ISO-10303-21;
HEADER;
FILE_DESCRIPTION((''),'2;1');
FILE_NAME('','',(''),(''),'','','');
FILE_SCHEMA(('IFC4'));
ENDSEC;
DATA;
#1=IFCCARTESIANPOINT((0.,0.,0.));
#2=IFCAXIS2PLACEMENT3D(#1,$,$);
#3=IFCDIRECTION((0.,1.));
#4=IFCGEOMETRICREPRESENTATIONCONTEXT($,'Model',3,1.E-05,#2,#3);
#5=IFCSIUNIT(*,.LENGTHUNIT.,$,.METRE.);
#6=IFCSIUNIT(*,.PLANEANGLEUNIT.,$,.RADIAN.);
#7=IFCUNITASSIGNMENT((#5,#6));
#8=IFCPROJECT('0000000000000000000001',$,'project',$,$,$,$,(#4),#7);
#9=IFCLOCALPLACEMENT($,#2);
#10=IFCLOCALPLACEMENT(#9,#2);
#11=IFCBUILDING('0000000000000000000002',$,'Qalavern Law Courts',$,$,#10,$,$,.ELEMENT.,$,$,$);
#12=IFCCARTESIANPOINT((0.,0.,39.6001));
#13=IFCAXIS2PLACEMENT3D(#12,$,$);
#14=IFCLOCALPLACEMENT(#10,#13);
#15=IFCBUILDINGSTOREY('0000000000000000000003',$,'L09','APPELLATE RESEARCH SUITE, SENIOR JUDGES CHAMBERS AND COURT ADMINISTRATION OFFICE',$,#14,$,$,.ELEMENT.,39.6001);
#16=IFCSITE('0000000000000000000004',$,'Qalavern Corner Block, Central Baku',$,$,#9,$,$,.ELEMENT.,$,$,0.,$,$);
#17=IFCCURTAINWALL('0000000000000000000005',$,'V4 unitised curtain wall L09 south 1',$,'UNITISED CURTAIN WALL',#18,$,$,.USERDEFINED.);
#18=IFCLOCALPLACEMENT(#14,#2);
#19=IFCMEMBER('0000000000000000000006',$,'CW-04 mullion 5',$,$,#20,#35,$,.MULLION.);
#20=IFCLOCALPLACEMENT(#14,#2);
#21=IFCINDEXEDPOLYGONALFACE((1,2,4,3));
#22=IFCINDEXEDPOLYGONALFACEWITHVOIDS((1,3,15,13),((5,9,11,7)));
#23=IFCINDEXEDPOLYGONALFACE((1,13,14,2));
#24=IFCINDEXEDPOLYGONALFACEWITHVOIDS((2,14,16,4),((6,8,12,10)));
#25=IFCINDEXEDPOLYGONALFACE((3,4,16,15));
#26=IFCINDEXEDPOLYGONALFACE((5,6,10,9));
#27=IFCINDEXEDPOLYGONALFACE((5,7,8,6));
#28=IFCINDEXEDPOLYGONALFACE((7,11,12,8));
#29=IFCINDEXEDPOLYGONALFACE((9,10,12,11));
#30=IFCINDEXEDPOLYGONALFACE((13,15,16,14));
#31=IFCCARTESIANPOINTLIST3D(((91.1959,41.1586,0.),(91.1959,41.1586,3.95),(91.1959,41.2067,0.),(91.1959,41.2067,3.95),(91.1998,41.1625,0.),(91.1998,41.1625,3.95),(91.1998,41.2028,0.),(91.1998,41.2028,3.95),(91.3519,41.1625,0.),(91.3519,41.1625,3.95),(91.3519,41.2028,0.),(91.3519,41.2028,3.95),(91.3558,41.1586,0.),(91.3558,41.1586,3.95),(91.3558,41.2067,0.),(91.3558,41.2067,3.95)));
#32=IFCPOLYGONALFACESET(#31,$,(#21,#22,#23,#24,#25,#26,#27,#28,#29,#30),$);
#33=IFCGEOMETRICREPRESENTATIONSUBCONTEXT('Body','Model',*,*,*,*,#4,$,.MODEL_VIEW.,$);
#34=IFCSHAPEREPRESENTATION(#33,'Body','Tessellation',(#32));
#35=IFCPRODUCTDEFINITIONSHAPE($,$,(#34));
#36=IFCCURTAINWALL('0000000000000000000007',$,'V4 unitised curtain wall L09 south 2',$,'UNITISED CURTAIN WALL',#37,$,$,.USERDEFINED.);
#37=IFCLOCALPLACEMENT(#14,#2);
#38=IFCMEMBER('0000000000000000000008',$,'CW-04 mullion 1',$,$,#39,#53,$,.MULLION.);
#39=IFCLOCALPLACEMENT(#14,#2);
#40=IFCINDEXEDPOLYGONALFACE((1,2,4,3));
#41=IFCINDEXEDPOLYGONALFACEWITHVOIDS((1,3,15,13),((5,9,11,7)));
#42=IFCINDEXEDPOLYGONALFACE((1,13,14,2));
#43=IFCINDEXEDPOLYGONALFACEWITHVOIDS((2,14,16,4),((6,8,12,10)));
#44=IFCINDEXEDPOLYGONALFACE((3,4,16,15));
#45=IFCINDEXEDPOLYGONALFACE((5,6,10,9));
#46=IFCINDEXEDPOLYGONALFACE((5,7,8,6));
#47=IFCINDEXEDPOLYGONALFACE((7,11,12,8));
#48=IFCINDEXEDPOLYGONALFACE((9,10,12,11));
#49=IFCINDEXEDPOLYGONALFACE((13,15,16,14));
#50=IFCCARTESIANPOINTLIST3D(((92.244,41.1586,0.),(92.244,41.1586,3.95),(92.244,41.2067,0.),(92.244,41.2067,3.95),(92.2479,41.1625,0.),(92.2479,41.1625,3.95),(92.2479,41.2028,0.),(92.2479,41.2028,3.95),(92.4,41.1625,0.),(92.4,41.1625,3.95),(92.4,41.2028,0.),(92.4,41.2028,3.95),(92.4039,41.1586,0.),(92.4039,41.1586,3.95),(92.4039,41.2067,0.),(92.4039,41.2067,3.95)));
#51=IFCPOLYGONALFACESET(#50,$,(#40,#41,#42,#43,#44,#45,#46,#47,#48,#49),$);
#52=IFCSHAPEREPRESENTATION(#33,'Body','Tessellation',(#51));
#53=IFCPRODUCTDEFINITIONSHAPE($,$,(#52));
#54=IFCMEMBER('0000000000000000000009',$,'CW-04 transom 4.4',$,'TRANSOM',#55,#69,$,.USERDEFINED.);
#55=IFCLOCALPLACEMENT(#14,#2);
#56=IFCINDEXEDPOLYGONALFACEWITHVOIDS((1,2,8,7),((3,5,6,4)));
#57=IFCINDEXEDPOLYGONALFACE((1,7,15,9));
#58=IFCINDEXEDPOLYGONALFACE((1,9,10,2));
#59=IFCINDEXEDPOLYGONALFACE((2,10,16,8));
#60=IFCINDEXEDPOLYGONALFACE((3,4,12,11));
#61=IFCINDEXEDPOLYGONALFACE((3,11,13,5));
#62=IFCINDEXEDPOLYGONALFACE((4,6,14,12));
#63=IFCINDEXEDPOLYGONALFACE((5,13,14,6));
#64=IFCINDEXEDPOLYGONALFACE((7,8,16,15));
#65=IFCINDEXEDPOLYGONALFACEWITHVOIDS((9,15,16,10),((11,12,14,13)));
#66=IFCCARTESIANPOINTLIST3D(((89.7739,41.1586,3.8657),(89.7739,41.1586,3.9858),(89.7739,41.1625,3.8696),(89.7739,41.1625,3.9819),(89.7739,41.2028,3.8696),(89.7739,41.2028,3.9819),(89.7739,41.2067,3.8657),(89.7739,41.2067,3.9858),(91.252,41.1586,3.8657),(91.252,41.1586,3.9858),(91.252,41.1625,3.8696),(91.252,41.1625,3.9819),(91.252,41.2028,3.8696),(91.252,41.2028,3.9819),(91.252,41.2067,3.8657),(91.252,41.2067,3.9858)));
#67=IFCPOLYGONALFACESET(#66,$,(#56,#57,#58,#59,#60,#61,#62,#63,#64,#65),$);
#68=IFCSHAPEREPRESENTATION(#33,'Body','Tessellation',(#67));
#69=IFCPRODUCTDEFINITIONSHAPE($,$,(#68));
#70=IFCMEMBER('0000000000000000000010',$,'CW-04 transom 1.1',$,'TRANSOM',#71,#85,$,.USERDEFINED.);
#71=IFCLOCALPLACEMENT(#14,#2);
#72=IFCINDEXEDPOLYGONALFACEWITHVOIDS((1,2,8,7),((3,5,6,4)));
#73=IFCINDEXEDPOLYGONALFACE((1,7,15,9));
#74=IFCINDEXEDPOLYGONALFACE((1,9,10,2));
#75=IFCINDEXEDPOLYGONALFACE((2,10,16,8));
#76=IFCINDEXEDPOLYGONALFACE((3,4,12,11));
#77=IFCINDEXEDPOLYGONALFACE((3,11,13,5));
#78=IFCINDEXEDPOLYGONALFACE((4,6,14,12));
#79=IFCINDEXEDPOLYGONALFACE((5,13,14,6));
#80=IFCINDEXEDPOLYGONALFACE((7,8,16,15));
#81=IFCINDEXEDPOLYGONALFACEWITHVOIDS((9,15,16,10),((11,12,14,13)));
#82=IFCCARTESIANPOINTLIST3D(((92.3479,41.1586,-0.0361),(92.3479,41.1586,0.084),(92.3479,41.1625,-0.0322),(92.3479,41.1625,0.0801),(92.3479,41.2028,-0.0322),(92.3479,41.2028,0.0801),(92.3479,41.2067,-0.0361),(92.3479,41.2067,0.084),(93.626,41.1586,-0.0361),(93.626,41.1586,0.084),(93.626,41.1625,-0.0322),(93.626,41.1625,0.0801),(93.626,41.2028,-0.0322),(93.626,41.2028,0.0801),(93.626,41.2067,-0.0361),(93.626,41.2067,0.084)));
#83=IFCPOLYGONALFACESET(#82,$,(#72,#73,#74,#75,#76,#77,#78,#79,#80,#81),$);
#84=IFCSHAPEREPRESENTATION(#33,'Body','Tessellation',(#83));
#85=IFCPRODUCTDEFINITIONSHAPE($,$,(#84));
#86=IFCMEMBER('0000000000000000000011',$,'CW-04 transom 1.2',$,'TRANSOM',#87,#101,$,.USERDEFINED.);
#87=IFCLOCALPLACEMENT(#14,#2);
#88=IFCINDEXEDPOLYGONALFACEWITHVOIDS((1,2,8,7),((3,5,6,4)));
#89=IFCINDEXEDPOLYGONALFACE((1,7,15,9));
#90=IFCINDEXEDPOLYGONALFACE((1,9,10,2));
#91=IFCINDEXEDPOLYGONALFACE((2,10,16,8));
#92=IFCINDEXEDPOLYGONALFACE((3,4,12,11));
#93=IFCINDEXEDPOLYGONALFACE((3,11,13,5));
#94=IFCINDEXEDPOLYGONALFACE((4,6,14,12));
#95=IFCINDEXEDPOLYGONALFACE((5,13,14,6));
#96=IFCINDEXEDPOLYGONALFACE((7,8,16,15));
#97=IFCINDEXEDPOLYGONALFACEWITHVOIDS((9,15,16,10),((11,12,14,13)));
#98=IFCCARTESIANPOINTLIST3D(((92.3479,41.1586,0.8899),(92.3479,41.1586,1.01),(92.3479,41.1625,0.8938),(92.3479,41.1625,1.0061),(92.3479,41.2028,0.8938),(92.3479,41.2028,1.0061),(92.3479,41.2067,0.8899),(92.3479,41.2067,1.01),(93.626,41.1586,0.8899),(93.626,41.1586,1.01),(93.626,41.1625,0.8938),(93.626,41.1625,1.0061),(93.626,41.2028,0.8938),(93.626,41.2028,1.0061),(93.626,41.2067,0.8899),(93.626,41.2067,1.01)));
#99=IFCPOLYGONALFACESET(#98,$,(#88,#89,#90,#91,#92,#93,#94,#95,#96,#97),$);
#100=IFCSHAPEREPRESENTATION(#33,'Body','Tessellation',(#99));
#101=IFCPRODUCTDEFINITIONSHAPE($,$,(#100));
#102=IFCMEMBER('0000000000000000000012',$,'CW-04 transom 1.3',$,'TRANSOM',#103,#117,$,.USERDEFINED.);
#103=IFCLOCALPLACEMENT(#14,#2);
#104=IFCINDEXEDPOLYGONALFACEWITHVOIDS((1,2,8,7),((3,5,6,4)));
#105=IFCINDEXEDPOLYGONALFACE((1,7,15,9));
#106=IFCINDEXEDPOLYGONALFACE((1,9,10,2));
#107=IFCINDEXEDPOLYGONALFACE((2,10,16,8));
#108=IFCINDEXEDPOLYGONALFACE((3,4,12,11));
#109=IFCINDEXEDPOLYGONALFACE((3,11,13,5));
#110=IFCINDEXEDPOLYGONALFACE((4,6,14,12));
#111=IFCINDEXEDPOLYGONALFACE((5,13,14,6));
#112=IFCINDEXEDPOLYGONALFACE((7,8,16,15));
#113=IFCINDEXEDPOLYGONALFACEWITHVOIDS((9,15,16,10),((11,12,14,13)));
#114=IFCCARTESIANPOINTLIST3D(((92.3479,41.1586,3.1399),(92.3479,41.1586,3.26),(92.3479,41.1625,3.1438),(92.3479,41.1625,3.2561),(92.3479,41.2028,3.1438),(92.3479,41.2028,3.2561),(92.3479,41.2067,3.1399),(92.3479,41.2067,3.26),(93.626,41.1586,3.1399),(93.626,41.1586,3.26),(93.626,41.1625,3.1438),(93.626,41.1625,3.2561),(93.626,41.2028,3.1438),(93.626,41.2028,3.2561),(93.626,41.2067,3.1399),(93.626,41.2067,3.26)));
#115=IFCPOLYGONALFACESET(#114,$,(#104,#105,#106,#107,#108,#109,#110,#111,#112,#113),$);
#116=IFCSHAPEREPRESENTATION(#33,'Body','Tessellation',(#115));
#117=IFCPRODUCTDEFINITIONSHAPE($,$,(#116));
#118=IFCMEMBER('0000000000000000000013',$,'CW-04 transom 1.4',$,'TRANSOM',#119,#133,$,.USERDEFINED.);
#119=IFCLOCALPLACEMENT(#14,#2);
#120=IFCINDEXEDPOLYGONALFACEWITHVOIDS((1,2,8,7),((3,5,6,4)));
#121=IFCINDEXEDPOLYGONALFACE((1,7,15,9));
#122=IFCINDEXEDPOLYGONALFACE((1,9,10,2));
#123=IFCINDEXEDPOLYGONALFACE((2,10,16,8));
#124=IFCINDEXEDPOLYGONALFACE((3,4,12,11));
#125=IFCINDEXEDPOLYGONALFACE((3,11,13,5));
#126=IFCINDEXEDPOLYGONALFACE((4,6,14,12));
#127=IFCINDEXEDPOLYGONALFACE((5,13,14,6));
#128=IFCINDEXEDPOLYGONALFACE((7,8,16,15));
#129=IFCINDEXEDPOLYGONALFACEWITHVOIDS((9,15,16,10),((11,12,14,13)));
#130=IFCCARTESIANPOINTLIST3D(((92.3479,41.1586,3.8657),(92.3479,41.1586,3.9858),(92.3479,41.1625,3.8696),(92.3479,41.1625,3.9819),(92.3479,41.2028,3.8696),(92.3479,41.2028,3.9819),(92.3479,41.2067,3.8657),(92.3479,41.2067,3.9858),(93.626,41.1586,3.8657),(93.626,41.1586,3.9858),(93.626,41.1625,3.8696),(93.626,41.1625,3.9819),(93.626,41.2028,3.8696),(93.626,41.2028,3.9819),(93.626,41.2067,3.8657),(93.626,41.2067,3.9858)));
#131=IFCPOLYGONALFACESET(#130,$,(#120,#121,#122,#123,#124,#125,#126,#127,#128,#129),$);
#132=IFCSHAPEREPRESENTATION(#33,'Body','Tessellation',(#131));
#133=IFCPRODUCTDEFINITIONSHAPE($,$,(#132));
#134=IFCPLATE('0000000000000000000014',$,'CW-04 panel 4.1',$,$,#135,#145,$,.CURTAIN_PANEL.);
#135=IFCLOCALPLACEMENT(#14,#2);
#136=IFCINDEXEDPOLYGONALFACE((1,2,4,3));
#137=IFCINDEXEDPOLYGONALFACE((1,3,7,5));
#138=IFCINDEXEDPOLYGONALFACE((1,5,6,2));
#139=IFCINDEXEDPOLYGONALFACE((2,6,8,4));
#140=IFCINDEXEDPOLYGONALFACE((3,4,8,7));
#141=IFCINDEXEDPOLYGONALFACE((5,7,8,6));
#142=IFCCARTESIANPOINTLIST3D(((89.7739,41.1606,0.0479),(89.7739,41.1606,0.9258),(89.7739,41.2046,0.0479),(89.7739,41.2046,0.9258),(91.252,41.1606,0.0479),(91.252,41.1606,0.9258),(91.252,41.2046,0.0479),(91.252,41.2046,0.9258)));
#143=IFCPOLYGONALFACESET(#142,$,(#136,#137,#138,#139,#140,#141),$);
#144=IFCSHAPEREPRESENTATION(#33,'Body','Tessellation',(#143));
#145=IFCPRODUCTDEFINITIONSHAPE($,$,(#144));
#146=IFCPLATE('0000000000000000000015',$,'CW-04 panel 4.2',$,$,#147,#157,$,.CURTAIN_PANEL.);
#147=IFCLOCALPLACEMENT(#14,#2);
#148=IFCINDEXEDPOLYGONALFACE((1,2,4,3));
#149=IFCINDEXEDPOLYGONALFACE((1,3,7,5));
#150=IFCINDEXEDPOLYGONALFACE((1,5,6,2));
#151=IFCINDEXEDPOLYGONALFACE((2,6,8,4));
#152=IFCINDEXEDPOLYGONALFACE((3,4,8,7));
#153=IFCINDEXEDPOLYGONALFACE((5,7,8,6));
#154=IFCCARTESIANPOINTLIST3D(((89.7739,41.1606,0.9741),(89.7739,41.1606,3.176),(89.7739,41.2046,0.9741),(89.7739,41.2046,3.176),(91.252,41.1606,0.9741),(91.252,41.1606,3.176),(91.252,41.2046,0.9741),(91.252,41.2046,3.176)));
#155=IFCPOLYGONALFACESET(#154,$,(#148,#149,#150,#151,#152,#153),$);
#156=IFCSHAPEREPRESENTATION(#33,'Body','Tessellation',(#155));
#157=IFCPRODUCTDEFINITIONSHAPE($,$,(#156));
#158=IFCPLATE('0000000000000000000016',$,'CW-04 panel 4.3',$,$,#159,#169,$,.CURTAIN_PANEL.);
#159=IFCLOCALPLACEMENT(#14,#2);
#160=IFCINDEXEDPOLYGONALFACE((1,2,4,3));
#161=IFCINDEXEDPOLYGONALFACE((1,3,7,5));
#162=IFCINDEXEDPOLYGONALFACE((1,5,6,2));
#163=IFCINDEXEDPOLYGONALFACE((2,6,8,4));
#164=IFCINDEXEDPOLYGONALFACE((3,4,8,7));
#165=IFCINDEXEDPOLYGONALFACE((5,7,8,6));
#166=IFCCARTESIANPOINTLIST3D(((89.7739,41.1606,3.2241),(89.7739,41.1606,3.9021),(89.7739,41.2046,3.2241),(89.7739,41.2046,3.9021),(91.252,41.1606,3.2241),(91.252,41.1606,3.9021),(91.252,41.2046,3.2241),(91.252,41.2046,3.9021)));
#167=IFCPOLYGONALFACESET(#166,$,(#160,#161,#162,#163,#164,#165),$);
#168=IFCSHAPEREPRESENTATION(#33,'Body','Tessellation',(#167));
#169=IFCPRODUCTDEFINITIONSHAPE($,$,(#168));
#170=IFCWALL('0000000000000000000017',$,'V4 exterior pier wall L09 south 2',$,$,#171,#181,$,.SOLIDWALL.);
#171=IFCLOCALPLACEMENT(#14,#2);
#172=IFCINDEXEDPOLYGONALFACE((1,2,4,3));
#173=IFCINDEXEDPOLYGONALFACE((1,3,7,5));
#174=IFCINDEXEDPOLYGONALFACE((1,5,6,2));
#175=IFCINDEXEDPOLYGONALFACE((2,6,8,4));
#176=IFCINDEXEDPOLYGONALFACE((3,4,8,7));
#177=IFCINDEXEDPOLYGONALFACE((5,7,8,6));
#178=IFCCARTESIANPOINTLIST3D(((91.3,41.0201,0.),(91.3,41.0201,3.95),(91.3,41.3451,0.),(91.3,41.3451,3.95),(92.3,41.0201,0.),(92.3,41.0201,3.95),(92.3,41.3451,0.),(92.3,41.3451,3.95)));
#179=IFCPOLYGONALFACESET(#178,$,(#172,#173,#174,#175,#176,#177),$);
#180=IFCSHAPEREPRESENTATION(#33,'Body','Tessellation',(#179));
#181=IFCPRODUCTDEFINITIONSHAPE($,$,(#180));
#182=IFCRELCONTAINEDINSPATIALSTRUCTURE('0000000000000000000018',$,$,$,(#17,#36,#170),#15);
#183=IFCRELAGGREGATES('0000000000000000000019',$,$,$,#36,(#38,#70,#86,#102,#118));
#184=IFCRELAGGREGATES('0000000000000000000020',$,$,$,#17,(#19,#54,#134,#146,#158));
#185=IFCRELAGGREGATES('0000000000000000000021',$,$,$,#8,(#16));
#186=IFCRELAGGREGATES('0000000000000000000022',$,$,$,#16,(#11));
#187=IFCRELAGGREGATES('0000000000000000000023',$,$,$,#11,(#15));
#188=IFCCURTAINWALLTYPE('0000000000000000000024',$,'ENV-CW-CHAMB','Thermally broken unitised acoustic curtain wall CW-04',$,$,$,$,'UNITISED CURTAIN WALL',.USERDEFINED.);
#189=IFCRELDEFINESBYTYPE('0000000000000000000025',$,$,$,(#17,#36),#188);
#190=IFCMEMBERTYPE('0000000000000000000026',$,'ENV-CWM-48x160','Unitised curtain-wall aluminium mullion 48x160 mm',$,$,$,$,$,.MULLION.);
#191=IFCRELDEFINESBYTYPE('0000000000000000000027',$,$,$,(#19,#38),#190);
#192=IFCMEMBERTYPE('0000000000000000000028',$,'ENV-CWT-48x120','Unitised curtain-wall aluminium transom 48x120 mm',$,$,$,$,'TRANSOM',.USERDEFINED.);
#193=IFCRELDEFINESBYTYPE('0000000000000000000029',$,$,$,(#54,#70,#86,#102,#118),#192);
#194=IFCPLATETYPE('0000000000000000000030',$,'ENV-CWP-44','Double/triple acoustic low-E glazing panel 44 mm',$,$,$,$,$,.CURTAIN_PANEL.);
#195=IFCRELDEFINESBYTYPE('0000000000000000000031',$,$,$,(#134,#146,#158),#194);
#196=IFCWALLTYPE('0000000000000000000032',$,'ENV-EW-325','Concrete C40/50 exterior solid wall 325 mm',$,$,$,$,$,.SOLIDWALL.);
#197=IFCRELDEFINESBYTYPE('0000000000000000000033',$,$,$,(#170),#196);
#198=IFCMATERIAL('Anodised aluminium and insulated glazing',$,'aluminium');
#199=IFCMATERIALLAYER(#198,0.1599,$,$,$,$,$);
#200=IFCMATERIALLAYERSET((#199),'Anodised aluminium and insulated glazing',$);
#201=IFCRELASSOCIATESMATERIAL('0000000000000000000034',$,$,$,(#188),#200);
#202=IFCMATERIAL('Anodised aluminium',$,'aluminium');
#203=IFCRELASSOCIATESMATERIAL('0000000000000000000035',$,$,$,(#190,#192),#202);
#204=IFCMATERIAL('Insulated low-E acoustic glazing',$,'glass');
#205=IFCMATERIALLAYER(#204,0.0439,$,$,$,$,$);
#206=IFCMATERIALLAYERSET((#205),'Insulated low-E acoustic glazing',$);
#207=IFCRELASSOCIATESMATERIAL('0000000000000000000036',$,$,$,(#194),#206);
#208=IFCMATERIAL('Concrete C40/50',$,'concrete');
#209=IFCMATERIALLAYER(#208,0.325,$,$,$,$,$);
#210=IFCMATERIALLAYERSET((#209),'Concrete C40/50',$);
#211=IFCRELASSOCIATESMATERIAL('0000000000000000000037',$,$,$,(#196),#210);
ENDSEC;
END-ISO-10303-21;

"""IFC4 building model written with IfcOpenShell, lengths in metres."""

from ifc_helpers import new_model, si_unit, direction, frame, frame_2d, origin, origin_2d, place, context, subcontext, project, spatial, rectangle, hollow_rectangle, extrude, material, layer, layer_set, material_profile, profile_set, type_object, element, aggregate, save


model = new_model("IFC4")

# Units and contexts
model_context = context("Model", 3, precision=1e-05, world=origin(), true_north=direction((0.0, 1.0)))
body_context = subcontext(model_context, "Body", "Model", "MODEL_VIEW")
ifc_project = project(units=[si_unit("LENGTHUNIT", "METRE"), si_unit("PLANEANGLEUNIT", "RADIAN")], contexts=[model_context])

# Site, building, storey
site_placement = place(None, origin())
site = spatial("IfcSite", under=ifc_project, at=site_placement, Name="Qalavern Corner Block, Central Baku", CompositionType="ELEMENT", RefElevation=0.0)
building_placement = place(site_placement, origin())
building = spatial("IfcBuilding", under=site, at=building_placement, Name="Qalavern Law Courts", CompositionType="ELEMENT")
storey_placement = place(building_placement, frame((0.0, 0.0, 39.6001)))
storey = spatial("IfcBuildingStorey", under=building, at=storey_placement, Name="L09", Description="APPELLATE RESEARCH SUITE, SENIOR JUDGES CHAMBERS AND COURT ADMINISTRATION OFFICE", CompositionType="ELEMENT", Elevation=39.6001)

# Curtain walls, members
ifc_material_1 = material(Name="Anodised aluminium and insulated glazing", Category="aluminium")
ifc_layer_1 = layer(ifc_material_1, 0.1599)
ifc_layer_set_1 = layer_set([ifc_layer_1], Name="Anodised aluminium and insulated glazing")
curtain_wall_type = type_object("IfcCurtainWallType", Name="ENV-CW-CHAMB", Description="Thermally broken unitised acoustic curtain wall CW-04", ElementType="UNITISED CURTAIN WALL", PredefinedType="USERDEFINED", material=ifc_layer_set_1)
curtain_wall_1_placement = place(storey_placement, origin())
curtain_wall_1 = element("IfcCurtainWall", 1, at=curtain_wall_1_placement, inside=storey, type_object=curtain_wall_type, Name="V4 unitised curtain wall L09 south 1", ObjectType="UNITISED CURTAIN WALL", PredefinedType="USERDEFINED")
ifc_material_2 = material(Name="Anodised aluminium", Category="aluminium")
ifc_material_profile_1 = material_profile(ifc_material_2, hollow_rectangle(XDim=0.0481, YDim=0.1599, WallThickness=0.0039, at=origin_2d()), Name="ALU MULLION 48x160")
ifc_profile_set_1 = profile_set([ifc_material_profile_1], Name="Anodised aluminium")
member_type_1 = type_object("IfcMemberType", Name="ENV-CWM-48x160", Description="Unitised curtain-wall aluminium mullion 48x160 mm", PredefinedType="MULLION", material=ifc_profile_set_1)
member_1_placement = place(storey_placement, frame((91.2759, 41.1826, 0.0), z_axis=(0.0, 0.0, 1.0), x_axis=(0.0, 1.0, 0.0)))
member_1 = element("IfcMember", 2, at=member_1_placement, type_object=member_type_1, Name="CW-04 mullion 5", PredefinedType="MULLION", context=body_context, shape_type="SweptSolid", body=[
    extrude(hollow_rectangle(XDim=0.0481, YDim=0.1599, WallThickness=0.0039, at=origin_2d()), origin(), (0.0, 0.0, 1.0), 3.95),
])
curtain_wall_2_placement = place(storey_placement, origin())
curtain_wall_2 = element("IfcCurtainWall", 3, at=curtain_wall_2_placement, inside=storey, type_object=curtain_wall_type, Name="V4 unitised curtain wall L09 south 2", ObjectType="UNITISED CURTAIN WALL", PredefinedType="USERDEFINED")
member_2_placement = place(storey_placement, frame((92.324, 41.1826, 0.0), z_axis=(0.0, 0.0, 1.0), x_axis=(0.0, 1.0, 0.0)))
member_2 = element("IfcMember", 4, at=member_2_placement, type_object=member_type_1, Name="CW-04 mullion 1", PredefinedType="MULLION", context=body_context, shape_type="SweptSolid", body=[
    extrude(hollow_rectangle(XDim=0.0481, YDim=0.1599, WallThickness=0.0039, at=origin_2d()), origin(), (0.0, 0.0, 1.0), 3.95),
])

# Members
ifc_material_profile_2 = material_profile(ifc_material_2, hollow_rectangle(XDim=0.0481, YDim=0.1201, WallThickness=0.0039, at=origin_2d()), Name="ALU TRANSOM 48x120")
ifc_profile_set_2 = profile_set([ifc_material_profile_2], Name="Anodised aluminium")
member_type_2 = type_object("IfcMemberType", Name="ENV-CWT-48x120", Description="Unitised curtain-wall aluminium transom 48x120 mm", ElementType="TRANSOM", PredefinedType="USERDEFINED", material=ifc_profile_set_2)
member_3_placement = place(storey_placement, frame((89.7739, 41.1826, 3.9258), z_axis=(1.0, 0.0, 0.0), x_axis=(0.0, 1.0, 0.0)))
member_3 = element("IfcMember", 5, at=member_3_placement, type_object=member_type_2, Name="CW-04 transom 4.4", ObjectType="TRANSOM", PredefinedType="USERDEFINED", context=body_context, shape_type="SweptSolid", body=[
    extrude(hollow_rectangle(XDim=0.0481, YDim=0.1201, WallThickness=0.0039, at=origin_2d()), origin(), (0.0, 0.0, 1.0), 1.478),
])
member_4_placement = place(storey_placement, frame((92.3479, 41.1826, 0.0239), z_axis=(1.0, 0.0, 0.0), x_axis=(0.0, 1.0, 0.0)))
member_4 = element("IfcMember", 6, at=member_4_placement, type_object=member_type_2, Name="CW-04 transom 1.1", ObjectType="TRANSOM", PredefinedType="USERDEFINED", context=body_context, shape_type="SweptSolid", body=[
    extrude(hollow_rectangle(XDim=0.0481, YDim=0.1201, WallThickness=0.0039, at=origin_2d()), origin(), (0.0, 0.0, 1.0), 1.2781),
])
member_5_placement = place(storey_placement, frame((92.3479, 41.1826, 0.95), z_axis=(1.0, 0.0, 0.0), x_axis=(0.0, 1.0, 0.0)))
member_5 = element("IfcMember", 7, at=member_5_placement, type_object=member_type_2, Name="CW-04 transom 1.2", ObjectType="TRANSOM", PredefinedType="USERDEFINED", context=body_context, shape_type="SweptSolid", body=[
    extrude(hollow_rectangle(XDim=0.0481, YDim=0.1201, WallThickness=0.0039, at=origin_2d()), origin(), (0.0, 0.0, 1.0), 1.2781),
])
member_6_placement = place(storey_placement, frame((92.3479, 41.1826, 3.2), z_axis=(1.0, 0.0, 0.0), x_axis=(0.0, 1.0, 0.0)))
member_6 = element("IfcMember", 8, at=member_6_placement, type_object=member_type_2, Name="CW-04 transom 1.3", ObjectType="TRANSOM", PredefinedType="USERDEFINED", context=body_context, shape_type="SweptSolid", body=[
    extrude(hollow_rectangle(XDim=0.0481, YDim=0.1201, WallThickness=0.0039, at=origin_2d()), origin(), (0.0, 0.0, 1.0), 1.2781),
])
member_7_placement = place(storey_placement, frame((92.3479, 41.1826, 3.9258), z_axis=(1.0, 0.0, 0.0), x_axis=(0.0, 1.0, 0.0)))
member_7 = element("IfcMember", 9, at=member_7_placement, type_object=member_type_2, Name="CW-04 transom 1.4", ObjectType="TRANSOM", PredefinedType="USERDEFINED", context=body_context, shape_type="SweptSolid", body=[
    extrude(hollow_rectangle(XDim=0.0481, YDim=0.1201, WallThickness=0.0039, at=origin_2d()), origin(), (0.0, 0.0, 1.0), 1.2781),
])
aggregate(curtain_wall_2, [member_2, member_4, member_5, member_6, member_7])

# Plates
ifc_material_3 = material(Name="Insulated low-E acoustic glazing", Category="glass")
ifc_layer_2 = layer(ifc_material_3, 0.0439)
ifc_layer_set_2 = layer_set([ifc_layer_2], Name="Insulated low-E acoustic glazing")
plate_type = type_object("IfcPlateType", Name="ENV-CWP-44", Description="Double/triple acoustic low-E glazing panel 44 mm", PredefinedType="CURTAIN_PANEL", material=ifc_layer_set_2)
plate_1_placement = place(storey_placement, frame((90.5129, 41.1826, 0.0479), z_axis=(0.0, 0.0, 1.0), x_axis=(1.0, 0.0, 0.0)))
plate_1 = element("IfcPlate", 10, at=plate_1_placement, type_object=plate_type, Name="CW-04 panel 4.1", PredefinedType="CURTAIN_PANEL", context=body_context, shape_type="SweptSolid", body=[
    extrude(rectangle(XDim=1.478, YDim=0.0439, at=origin_2d()), origin(), (0.0, 0.0, 1.0), 0.8779),
])
plate_2_placement = place(storey_placement, frame((90.5129, 41.1826, 0.9741), z_axis=(0.0, 0.0, 1.0), x_axis=(1.0, 0.0, 0.0)))
plate_2 = element("IfcPlate", 11, at=plate_2_placement, type_object=plate_type, Name="CW-04 panel 4.2", PredefinedType="CURTAIN_PANEL", context=body_context, shape_type="SweptSolid", body=[
    extrude(rectangle(XDim=1.478, YDim=0.0439, at=origin_2d()), origin(), (0.0, 0.0, 1.0), 2.2019),
])
plate_3_placement = place(storey_placement, frame((90.5129, 41.1826, 3.2241), z_axis=(0.0, 0.0, 1.0), x_axis=(1.0, 0.0, 0.0)))
plate_3 = element("IfcPlate", 12, at=plate_3_placement, type_object=plate_type, Name="CW-04 panel 4.3", PredefinedType="CURTAIN_PANEL", context=body_context, shape_type="SweptSolid", body=[
    extrude(rectangle(XDim=1.478, YDim=0.0439, at=origin_2d()), origin(), (0.0, 0.0, 1.0), 0.678),
])
aggregate(curtain_wall_1, [member_1, member_3, plate_1, plate_2, plate_3])

# Wall
ifc_material_4 = material(Name="Concrete C40/50", Category="concrete")
ifc_layer_3 = layer(ifc_material_4, 0.325)
ifc_layer_set_3 = layer_set([ifc_layer_3], Name="Concrete C40/50")
wall_type = type_object("IfcWallType", Name="ENV-EW-325", Description="Concrete C40/50 exterior solid wall 325 mm", PredefinedType="SOLIDWALL", material=ifc_layer_set_3)
wall_placement = place(storey_placement, frame((91.3, 41.1826, 0.0), z_axis=(0.0, 0.0, 1.0), x_axis=(1.0, 0.0, 0.0)))
element("IfcWall", 13, at=wall_placement, inside=storey, type_object=wall_type, Name="V4 exterior pier wall L09 south 2", PredefinedType="SOLIDWALL", context=body_context, shape_type="SweptSolid", body=[
    extrude(rectangle(XDim=1.0, YDim=0.325, at=frame_2d((0.5, 0.0))), origin(), (0.0, 0.0, 1.0), 3.95),
])

save(model, "model.ifc")
